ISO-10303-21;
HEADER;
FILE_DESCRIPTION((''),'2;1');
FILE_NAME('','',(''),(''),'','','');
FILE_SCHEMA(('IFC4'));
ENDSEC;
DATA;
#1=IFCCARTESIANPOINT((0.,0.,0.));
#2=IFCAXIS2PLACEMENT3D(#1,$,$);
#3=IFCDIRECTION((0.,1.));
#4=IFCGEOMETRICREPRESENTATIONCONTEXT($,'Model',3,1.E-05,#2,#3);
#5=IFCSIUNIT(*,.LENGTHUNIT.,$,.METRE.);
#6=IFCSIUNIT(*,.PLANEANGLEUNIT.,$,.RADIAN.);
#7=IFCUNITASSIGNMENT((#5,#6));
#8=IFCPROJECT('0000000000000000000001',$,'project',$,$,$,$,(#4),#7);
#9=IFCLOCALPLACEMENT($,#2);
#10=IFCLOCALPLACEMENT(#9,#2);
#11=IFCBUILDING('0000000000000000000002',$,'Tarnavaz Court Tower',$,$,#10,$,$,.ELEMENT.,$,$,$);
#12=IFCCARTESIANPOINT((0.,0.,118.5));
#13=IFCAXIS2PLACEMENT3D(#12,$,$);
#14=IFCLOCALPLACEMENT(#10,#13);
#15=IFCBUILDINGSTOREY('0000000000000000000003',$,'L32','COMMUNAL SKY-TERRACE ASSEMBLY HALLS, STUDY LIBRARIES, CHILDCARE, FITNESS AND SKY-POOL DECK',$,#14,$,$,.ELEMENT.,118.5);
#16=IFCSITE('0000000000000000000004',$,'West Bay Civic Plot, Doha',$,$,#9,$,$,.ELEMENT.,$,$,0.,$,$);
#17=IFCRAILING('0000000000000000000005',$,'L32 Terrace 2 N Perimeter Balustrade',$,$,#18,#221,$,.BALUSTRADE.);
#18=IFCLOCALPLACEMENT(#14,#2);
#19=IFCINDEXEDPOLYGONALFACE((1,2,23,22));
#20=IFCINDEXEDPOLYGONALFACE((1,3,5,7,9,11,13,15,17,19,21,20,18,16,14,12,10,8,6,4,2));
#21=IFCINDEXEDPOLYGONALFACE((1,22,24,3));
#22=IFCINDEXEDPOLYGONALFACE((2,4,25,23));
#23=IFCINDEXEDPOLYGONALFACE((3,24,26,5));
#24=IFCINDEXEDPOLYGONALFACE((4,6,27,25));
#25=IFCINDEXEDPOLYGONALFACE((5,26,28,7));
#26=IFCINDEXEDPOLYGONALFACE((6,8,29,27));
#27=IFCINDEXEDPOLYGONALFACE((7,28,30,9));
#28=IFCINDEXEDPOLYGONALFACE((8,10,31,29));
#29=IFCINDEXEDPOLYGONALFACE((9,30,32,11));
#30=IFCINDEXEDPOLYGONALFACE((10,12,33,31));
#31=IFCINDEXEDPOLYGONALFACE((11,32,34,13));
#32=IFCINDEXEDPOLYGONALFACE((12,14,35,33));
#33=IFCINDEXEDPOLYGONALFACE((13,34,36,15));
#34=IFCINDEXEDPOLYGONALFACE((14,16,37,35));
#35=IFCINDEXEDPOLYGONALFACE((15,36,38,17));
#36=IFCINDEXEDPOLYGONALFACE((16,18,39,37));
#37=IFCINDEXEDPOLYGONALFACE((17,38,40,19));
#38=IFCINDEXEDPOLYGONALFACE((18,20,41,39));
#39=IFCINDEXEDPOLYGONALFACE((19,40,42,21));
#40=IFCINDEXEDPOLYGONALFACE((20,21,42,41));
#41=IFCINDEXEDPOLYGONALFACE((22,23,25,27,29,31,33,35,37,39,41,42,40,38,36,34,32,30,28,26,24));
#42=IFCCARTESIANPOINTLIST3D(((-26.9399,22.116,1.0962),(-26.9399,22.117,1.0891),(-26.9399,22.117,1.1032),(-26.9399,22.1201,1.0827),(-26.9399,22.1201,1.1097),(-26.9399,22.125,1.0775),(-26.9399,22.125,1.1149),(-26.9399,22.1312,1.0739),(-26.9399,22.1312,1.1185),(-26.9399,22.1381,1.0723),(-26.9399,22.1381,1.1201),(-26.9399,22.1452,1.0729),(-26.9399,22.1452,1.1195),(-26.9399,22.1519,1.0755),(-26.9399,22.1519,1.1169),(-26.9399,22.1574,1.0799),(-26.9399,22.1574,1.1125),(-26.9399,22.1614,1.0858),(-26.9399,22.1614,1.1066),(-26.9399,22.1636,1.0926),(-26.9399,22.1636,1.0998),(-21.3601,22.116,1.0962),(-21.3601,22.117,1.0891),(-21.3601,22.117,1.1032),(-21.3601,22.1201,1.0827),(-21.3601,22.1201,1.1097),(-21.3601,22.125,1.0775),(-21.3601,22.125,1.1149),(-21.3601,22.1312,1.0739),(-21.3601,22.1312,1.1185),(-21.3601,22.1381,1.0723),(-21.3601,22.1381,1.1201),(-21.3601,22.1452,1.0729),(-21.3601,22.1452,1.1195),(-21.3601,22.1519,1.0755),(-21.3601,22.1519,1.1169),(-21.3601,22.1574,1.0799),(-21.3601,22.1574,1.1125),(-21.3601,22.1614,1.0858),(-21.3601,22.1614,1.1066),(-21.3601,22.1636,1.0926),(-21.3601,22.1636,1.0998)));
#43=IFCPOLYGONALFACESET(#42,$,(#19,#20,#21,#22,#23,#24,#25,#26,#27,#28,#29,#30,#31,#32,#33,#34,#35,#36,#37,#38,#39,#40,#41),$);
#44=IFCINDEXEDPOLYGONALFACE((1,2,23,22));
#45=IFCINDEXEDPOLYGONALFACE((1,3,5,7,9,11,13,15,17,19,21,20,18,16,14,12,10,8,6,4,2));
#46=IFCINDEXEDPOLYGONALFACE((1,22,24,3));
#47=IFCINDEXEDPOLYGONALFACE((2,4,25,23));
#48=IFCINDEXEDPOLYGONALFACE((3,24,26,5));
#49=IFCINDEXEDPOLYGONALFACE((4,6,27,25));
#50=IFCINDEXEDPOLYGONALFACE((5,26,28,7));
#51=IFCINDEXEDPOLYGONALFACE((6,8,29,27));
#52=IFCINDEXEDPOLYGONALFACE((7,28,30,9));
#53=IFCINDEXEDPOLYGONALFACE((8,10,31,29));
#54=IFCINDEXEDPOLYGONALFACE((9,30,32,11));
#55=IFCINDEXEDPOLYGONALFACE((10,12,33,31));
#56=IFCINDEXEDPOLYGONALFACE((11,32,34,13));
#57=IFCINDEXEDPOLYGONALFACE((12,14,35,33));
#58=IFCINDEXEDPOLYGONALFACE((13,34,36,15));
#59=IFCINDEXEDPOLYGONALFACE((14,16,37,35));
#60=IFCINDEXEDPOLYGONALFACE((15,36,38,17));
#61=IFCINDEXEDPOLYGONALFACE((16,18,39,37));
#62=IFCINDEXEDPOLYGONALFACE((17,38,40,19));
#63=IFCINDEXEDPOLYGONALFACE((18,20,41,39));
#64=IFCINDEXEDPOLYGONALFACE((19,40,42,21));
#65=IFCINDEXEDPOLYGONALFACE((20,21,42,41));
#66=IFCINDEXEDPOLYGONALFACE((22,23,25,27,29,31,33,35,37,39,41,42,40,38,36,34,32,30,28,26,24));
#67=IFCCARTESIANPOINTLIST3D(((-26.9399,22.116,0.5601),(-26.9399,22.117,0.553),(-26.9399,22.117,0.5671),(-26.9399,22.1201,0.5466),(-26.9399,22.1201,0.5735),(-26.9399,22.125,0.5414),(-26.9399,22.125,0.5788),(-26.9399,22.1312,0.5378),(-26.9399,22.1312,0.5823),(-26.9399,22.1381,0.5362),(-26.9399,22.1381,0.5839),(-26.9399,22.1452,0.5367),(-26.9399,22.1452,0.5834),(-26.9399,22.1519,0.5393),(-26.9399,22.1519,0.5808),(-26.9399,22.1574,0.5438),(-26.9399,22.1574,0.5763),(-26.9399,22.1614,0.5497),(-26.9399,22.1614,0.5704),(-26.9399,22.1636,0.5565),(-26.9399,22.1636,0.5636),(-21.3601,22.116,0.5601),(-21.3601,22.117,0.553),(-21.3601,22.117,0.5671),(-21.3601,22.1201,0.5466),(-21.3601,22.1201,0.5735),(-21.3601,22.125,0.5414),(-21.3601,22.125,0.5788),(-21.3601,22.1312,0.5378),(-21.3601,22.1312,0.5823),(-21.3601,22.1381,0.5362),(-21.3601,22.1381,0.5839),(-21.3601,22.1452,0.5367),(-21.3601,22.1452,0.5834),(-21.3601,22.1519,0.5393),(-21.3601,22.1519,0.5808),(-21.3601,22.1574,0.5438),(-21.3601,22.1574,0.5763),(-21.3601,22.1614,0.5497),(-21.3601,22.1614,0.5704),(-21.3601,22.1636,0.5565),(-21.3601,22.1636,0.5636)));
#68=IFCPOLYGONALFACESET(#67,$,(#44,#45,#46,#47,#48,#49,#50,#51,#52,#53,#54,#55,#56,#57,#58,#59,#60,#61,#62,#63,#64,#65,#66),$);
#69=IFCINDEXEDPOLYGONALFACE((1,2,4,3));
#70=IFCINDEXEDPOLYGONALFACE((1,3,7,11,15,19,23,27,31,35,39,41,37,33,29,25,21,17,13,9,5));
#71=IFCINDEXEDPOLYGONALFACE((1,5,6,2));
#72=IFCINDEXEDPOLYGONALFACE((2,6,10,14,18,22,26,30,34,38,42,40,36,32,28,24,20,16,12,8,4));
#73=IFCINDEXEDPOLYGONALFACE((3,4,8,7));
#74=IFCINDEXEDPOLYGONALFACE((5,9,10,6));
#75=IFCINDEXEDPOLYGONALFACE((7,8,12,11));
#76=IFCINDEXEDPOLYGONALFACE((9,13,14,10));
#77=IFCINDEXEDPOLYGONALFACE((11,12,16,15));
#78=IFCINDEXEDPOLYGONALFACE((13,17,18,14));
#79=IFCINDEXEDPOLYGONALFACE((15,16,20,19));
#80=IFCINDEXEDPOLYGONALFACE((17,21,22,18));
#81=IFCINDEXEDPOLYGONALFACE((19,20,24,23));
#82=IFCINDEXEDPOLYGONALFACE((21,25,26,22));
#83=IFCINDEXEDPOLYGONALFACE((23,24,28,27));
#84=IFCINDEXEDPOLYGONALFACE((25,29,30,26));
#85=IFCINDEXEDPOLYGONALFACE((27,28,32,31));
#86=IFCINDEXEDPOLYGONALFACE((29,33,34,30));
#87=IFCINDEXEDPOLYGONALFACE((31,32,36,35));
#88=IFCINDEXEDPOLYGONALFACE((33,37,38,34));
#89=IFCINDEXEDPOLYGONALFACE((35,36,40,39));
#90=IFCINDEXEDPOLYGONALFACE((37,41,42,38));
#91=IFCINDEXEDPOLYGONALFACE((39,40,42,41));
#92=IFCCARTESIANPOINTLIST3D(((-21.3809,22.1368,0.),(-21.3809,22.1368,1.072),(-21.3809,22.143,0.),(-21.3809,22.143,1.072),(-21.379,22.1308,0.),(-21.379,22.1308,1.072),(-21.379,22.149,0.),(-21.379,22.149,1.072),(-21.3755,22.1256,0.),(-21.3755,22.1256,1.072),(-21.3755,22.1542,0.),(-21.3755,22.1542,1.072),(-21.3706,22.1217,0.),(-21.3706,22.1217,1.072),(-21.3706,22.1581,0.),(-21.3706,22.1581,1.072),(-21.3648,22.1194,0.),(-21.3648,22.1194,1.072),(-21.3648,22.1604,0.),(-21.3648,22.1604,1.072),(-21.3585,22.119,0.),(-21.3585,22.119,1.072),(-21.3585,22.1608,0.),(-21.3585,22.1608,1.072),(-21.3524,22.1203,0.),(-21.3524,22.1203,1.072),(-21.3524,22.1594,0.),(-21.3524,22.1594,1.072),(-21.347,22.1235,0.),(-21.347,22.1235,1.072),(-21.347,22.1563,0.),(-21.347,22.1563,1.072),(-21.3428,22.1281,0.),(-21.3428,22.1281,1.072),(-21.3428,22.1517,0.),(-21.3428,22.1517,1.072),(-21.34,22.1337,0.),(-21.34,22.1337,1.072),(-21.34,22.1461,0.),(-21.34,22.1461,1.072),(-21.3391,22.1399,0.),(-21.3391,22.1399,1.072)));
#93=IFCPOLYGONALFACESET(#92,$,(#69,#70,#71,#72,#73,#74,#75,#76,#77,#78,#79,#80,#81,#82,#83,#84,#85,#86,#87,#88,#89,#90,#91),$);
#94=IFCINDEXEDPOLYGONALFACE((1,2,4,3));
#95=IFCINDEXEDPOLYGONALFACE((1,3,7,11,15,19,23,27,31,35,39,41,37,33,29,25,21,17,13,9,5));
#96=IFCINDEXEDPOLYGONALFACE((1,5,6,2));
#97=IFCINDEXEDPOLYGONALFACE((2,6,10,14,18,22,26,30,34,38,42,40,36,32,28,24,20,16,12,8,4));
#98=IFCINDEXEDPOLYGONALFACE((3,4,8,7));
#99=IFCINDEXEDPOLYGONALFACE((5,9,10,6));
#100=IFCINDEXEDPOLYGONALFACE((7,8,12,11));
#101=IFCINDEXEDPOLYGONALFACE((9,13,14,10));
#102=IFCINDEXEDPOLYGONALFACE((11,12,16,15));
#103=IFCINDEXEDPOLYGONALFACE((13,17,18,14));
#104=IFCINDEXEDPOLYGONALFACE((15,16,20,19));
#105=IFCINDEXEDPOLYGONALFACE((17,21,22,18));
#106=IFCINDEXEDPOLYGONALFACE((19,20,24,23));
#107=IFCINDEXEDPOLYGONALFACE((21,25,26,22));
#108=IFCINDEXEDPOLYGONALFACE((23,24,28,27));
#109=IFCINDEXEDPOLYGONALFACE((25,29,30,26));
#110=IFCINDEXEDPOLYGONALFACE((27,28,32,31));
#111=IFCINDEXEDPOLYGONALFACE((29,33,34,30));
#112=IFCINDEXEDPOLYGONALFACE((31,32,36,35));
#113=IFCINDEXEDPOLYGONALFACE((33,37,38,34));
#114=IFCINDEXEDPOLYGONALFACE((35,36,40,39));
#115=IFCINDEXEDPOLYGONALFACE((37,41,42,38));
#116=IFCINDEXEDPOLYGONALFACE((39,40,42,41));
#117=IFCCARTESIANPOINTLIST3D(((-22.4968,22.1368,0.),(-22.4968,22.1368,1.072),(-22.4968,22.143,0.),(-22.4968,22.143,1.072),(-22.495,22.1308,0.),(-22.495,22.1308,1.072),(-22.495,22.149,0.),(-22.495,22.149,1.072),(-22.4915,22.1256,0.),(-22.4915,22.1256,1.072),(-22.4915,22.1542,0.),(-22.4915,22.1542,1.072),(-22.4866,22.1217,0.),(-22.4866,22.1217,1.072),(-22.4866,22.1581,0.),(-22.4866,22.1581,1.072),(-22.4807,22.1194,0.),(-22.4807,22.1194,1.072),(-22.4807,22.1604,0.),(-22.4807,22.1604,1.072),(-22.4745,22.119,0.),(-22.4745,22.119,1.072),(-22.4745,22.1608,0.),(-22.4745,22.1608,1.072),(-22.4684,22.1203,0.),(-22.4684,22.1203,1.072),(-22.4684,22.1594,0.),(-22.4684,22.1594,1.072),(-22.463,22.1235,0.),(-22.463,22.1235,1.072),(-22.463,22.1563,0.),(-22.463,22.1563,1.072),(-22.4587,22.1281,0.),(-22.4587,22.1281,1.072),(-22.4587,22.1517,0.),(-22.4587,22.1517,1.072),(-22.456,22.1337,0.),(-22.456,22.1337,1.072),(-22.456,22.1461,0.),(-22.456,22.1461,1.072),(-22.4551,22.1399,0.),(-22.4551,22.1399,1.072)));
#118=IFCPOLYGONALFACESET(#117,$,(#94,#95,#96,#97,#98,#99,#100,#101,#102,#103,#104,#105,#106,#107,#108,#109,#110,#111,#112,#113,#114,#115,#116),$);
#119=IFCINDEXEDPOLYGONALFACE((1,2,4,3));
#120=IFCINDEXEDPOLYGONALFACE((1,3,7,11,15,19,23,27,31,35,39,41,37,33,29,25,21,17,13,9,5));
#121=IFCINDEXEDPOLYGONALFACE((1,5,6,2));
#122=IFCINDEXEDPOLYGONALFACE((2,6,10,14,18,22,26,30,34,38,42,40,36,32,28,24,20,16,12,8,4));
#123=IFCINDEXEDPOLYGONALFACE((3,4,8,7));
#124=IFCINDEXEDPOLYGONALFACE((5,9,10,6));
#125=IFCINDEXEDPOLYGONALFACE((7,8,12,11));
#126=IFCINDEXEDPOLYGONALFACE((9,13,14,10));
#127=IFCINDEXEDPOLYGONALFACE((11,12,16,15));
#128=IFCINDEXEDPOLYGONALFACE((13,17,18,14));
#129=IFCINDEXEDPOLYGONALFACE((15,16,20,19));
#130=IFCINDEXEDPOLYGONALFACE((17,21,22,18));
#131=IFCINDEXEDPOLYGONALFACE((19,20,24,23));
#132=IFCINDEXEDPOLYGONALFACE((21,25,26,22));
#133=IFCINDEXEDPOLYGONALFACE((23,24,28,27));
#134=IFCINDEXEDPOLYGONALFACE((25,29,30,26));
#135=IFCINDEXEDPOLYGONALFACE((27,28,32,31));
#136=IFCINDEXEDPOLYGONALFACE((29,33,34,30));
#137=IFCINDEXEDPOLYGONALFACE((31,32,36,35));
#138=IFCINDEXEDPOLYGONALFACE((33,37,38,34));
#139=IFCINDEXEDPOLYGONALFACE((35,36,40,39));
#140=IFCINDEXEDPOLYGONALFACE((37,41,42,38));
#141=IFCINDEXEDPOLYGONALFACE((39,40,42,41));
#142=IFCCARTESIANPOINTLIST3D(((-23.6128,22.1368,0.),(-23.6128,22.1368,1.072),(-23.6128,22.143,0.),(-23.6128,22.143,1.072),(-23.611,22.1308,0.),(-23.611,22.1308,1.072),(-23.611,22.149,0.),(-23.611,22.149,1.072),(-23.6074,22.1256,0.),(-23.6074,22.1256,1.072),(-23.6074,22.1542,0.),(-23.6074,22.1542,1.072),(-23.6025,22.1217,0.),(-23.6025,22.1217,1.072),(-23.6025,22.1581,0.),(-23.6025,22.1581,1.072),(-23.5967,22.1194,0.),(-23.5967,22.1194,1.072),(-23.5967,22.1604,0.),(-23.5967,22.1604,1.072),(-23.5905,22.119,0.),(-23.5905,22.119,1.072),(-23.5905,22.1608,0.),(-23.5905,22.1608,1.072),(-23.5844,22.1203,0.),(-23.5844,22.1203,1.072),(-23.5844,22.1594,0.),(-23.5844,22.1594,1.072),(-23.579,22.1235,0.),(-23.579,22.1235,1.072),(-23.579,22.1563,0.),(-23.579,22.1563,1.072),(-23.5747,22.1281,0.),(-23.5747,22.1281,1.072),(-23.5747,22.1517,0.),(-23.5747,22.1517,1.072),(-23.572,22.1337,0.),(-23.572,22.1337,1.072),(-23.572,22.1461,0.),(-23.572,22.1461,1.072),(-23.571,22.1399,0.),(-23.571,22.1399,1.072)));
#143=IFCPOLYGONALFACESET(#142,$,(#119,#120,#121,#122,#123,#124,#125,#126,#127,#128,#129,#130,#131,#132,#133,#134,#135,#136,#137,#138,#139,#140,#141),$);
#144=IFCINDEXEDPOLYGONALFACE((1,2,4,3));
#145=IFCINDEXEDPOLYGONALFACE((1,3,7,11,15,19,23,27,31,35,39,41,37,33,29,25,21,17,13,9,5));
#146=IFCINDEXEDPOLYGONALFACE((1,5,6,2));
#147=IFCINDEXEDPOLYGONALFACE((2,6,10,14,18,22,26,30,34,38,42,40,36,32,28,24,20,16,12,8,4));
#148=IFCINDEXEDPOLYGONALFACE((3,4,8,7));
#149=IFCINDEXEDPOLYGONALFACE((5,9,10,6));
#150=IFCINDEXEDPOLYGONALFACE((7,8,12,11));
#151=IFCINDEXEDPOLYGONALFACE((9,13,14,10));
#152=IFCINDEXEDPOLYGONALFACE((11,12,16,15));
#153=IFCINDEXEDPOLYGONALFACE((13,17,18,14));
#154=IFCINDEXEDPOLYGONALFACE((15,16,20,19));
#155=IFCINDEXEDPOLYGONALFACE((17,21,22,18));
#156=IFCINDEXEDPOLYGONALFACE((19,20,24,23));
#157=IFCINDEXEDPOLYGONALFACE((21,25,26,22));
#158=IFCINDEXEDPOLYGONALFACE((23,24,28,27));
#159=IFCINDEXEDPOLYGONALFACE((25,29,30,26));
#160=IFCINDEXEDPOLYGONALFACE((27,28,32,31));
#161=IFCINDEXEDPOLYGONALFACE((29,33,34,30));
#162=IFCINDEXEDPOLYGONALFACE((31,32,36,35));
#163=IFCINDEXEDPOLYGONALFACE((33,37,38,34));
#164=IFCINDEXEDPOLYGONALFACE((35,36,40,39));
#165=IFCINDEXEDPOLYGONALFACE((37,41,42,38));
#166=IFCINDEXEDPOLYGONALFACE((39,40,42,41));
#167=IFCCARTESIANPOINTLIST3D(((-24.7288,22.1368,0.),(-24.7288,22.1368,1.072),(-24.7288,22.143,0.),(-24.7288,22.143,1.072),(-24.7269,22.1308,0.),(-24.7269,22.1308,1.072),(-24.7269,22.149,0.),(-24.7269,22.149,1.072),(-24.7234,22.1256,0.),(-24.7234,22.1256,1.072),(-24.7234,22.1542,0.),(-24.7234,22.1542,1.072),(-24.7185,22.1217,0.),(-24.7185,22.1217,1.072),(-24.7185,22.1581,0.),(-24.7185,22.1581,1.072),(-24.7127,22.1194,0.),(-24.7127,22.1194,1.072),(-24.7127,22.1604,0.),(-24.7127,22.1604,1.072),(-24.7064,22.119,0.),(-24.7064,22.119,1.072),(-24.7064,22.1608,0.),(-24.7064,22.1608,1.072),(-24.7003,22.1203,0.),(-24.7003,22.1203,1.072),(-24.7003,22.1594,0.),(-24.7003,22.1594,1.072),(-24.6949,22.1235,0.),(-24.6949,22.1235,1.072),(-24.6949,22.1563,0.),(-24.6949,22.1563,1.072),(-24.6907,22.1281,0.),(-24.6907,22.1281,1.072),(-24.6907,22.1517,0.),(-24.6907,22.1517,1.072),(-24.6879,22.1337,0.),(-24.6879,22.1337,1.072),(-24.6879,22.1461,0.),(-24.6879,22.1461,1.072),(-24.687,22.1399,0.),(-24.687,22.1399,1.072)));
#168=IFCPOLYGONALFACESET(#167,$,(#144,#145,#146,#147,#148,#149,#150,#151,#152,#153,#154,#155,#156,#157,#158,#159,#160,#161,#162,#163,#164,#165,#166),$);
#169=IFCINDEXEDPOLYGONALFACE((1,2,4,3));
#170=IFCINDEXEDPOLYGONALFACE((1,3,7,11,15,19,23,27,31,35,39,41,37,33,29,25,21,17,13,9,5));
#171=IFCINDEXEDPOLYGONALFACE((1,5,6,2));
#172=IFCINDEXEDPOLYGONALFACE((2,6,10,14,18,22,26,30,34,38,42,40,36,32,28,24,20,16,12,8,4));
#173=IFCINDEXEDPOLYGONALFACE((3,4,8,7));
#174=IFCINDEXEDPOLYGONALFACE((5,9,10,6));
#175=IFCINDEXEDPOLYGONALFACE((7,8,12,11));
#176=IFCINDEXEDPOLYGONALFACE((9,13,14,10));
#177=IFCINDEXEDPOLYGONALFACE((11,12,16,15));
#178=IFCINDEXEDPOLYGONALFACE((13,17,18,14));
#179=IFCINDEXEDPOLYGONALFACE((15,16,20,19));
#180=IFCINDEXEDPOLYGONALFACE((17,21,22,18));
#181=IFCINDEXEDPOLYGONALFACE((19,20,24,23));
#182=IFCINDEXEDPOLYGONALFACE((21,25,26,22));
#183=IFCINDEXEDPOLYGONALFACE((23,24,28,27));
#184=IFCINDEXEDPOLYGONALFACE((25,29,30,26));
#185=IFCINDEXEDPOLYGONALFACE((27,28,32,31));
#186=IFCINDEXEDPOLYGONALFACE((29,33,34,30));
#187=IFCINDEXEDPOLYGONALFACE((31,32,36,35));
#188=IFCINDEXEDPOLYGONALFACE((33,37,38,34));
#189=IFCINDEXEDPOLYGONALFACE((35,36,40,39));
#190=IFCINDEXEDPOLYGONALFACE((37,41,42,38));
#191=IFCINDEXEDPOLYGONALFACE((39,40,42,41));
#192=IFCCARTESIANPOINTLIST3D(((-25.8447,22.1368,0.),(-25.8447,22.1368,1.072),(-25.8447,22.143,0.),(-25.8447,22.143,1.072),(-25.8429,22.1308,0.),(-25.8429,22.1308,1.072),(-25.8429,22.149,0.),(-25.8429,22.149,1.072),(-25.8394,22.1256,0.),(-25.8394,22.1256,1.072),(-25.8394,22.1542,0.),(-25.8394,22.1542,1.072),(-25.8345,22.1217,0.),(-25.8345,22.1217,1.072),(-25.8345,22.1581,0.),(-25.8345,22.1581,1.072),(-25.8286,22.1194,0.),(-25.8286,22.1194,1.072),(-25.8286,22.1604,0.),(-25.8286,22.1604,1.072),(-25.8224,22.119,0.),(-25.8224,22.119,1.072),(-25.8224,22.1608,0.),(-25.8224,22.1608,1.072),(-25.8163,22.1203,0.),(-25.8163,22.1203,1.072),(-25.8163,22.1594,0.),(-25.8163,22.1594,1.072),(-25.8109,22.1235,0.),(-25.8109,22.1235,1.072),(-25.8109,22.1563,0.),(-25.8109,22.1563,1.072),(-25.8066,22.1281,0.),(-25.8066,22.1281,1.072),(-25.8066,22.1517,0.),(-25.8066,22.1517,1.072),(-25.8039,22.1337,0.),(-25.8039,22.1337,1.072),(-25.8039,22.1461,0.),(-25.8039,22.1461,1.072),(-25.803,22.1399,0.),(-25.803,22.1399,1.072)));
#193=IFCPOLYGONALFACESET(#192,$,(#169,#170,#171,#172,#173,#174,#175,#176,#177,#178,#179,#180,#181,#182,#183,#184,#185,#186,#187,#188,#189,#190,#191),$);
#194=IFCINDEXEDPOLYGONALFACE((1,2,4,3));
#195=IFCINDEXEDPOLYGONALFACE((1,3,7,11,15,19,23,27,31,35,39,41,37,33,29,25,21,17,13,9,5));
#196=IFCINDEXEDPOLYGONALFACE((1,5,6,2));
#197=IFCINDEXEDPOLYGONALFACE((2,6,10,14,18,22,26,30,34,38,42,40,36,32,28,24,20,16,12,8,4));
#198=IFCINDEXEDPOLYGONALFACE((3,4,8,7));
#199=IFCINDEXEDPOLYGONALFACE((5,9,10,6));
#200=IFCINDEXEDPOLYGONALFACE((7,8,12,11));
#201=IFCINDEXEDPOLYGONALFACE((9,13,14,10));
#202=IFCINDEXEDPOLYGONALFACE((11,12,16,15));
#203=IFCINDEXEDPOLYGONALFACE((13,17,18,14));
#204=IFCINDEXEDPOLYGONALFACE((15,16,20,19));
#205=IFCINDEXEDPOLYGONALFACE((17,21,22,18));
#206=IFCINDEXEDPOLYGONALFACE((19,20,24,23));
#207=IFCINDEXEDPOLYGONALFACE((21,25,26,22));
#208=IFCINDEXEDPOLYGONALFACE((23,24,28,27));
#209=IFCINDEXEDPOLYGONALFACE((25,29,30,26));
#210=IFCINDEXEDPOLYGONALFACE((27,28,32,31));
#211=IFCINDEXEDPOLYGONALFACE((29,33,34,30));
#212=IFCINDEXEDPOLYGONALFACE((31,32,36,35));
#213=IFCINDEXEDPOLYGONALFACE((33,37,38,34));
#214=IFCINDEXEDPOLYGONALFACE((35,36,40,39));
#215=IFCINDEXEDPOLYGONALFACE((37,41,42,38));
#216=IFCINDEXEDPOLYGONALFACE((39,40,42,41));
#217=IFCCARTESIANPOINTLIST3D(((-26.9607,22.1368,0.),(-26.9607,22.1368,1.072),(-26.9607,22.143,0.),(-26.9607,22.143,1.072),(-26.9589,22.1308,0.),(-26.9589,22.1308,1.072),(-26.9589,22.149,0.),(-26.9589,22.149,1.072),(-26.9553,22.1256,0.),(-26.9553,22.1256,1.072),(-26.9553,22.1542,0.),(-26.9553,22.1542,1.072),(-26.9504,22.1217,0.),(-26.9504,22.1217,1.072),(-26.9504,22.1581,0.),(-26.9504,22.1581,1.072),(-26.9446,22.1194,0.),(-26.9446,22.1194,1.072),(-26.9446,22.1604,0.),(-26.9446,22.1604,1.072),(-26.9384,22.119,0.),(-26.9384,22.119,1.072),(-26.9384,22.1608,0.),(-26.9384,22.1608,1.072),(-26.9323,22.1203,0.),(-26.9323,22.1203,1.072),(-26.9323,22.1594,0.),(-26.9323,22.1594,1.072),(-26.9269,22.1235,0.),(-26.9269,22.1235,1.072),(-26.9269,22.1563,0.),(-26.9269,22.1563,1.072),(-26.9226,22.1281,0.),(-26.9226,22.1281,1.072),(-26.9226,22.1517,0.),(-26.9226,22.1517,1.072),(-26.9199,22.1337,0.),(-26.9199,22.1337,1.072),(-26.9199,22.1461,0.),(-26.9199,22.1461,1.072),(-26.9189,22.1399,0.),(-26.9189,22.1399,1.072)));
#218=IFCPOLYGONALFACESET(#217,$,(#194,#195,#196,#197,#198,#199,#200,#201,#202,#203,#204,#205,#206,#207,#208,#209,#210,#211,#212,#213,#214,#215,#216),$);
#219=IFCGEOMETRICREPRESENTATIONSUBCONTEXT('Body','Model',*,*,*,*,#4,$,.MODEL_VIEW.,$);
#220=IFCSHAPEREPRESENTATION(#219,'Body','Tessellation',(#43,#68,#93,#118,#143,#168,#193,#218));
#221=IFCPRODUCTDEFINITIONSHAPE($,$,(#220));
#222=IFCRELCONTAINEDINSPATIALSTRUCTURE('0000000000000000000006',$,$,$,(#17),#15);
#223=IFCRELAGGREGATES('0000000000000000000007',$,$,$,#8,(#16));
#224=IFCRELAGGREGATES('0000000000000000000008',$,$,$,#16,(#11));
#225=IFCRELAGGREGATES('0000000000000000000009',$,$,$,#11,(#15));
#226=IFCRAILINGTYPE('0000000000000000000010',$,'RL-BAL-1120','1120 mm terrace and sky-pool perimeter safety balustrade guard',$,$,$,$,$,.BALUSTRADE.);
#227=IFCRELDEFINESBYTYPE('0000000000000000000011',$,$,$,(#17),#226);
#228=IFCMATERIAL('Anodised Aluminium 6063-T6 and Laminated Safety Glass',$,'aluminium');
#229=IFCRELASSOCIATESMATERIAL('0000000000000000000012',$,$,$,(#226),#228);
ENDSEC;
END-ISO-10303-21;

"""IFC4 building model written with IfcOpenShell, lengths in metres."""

from ifc_helpers import new_model, si_unit, direction, frame, origin, origin_2d, place, context, subcontext, project, spatial, circle, extrude, material, type_object, element, save


model = new_model("IFC4")

# Units and contexts
model_context = context("Model", 3, precision=1e-05, world=origin(), true_north=direction((0.0, 1.0)))
body_context = subcontext(model_context, "Body", "Model", "MODEL_VIEW")
ifc_project = project(units=[si_unit("LENGTHUNIT", "METRE"), si_unit("PLANEANGLEUNIT", "RADIAN")], contexts=[model_context])

# Site, building, storey
site_placement = place(None, origin())
site = spatial("IfcSite", under=ifc_project, at=site_placement, Name="West Bay Civic Plot, Doha", CompositionType="ELEMENT", RefElevation=0.0)
building_placement = place(site_placement, origin())
building = spatial("IfcBuilding", under=site, at=building_placement, Name="Tarnavaz Court Tower", CompositionType="ELEMENT")
storey_placement = place(building_placement, frame((0.0, 0.0, 118.5)))
storey = spatial("IfcBuildingStorey", under=building, at=storey_placement, Name="L32", Description="COMMUNAL SKY-TERRACE ASSEMBLY HALLS, STUDY LIBRARIES, CHILDCARE, FITNESS AND SKY-POOL DECK", CompositionType="ELEMENT", Elevation=118.5)

# Railing
ifc_material_1 = material(Name="Anodised Aluminium 6063-T6 and Laminated Safety Glass", Category="aluminium")
railing_type = type_object("IfcRailingType", Name="RL-BAL-1120", Description="1120 mm terrace and sky-pool perimeter safety balustrade guard", PredefinedType="BALUSTRADE", material=ifc_material_1)
railing_1_placement = place(storey_placement, frame((-21.3601, 22.1399, 0.0)))
element("IfcRailing", 1, at=railing_1_placement, inside=storey, type_object=railing_type, Name="L32 Terrace 2 N Perimeter Balustrade", PredefinedType="BALUSTRADE", context=body_context, shape_type="SweptSolid", body=[
    extrude(circle(Radius=0.0239, at=origin_2d()), frame((0.0, 0.0, 1.0962), z_axis=(-1.0, 0.0, 0.0), x_axis=(0.0, -1.0, 0.0)), (0.0, 0.0, 1.0), 5.5798),
    extrude(circle(Radius=0.0239, at=origin_2d()), frame((0.0, 0.0, 0.5601), z_axis=(-1.0, 0.0, 0.0), x_axis=(0.0, -1.0, 0.0)), (0.0, 0.0, 1.0), 5.5798),
    extrude(circle(Radius=0.021, at=origin_2d()), origin(), (0.0, 0.0, 1.0), 1.072),
    extrude(circle(Radius=0.021, at=origin_2d()), frame((-1.116, 0.0, 0.0)), (0.0, 0.0, 1.0), 1.072),
    extrude(circle(Radius=0.021, at=origin_2d()), frame((-2.2319, 0.0, 0.0)), (0.0, 0.0, 1.0), 1.072),
    extrude(circle(Radius=0.021, at=origin_2d()), frame((-3.3479, 0.0, 0.0)), (0.0, 0.0, 1.0), 1.072),
    extrude(circle(Radius=0.021, at=origin_2d()), frame((-4.4639, 0.0, 0.0)), (0.0, 0.0, 1.0), 1.072),
    extrude(circle(Radius=0.021, at=origin_2d()), frame((-5.5798, 0.0, 0.0)), (0.0, 0.0, 1.0), 1.072),
])

save(model, "model.ifc")
